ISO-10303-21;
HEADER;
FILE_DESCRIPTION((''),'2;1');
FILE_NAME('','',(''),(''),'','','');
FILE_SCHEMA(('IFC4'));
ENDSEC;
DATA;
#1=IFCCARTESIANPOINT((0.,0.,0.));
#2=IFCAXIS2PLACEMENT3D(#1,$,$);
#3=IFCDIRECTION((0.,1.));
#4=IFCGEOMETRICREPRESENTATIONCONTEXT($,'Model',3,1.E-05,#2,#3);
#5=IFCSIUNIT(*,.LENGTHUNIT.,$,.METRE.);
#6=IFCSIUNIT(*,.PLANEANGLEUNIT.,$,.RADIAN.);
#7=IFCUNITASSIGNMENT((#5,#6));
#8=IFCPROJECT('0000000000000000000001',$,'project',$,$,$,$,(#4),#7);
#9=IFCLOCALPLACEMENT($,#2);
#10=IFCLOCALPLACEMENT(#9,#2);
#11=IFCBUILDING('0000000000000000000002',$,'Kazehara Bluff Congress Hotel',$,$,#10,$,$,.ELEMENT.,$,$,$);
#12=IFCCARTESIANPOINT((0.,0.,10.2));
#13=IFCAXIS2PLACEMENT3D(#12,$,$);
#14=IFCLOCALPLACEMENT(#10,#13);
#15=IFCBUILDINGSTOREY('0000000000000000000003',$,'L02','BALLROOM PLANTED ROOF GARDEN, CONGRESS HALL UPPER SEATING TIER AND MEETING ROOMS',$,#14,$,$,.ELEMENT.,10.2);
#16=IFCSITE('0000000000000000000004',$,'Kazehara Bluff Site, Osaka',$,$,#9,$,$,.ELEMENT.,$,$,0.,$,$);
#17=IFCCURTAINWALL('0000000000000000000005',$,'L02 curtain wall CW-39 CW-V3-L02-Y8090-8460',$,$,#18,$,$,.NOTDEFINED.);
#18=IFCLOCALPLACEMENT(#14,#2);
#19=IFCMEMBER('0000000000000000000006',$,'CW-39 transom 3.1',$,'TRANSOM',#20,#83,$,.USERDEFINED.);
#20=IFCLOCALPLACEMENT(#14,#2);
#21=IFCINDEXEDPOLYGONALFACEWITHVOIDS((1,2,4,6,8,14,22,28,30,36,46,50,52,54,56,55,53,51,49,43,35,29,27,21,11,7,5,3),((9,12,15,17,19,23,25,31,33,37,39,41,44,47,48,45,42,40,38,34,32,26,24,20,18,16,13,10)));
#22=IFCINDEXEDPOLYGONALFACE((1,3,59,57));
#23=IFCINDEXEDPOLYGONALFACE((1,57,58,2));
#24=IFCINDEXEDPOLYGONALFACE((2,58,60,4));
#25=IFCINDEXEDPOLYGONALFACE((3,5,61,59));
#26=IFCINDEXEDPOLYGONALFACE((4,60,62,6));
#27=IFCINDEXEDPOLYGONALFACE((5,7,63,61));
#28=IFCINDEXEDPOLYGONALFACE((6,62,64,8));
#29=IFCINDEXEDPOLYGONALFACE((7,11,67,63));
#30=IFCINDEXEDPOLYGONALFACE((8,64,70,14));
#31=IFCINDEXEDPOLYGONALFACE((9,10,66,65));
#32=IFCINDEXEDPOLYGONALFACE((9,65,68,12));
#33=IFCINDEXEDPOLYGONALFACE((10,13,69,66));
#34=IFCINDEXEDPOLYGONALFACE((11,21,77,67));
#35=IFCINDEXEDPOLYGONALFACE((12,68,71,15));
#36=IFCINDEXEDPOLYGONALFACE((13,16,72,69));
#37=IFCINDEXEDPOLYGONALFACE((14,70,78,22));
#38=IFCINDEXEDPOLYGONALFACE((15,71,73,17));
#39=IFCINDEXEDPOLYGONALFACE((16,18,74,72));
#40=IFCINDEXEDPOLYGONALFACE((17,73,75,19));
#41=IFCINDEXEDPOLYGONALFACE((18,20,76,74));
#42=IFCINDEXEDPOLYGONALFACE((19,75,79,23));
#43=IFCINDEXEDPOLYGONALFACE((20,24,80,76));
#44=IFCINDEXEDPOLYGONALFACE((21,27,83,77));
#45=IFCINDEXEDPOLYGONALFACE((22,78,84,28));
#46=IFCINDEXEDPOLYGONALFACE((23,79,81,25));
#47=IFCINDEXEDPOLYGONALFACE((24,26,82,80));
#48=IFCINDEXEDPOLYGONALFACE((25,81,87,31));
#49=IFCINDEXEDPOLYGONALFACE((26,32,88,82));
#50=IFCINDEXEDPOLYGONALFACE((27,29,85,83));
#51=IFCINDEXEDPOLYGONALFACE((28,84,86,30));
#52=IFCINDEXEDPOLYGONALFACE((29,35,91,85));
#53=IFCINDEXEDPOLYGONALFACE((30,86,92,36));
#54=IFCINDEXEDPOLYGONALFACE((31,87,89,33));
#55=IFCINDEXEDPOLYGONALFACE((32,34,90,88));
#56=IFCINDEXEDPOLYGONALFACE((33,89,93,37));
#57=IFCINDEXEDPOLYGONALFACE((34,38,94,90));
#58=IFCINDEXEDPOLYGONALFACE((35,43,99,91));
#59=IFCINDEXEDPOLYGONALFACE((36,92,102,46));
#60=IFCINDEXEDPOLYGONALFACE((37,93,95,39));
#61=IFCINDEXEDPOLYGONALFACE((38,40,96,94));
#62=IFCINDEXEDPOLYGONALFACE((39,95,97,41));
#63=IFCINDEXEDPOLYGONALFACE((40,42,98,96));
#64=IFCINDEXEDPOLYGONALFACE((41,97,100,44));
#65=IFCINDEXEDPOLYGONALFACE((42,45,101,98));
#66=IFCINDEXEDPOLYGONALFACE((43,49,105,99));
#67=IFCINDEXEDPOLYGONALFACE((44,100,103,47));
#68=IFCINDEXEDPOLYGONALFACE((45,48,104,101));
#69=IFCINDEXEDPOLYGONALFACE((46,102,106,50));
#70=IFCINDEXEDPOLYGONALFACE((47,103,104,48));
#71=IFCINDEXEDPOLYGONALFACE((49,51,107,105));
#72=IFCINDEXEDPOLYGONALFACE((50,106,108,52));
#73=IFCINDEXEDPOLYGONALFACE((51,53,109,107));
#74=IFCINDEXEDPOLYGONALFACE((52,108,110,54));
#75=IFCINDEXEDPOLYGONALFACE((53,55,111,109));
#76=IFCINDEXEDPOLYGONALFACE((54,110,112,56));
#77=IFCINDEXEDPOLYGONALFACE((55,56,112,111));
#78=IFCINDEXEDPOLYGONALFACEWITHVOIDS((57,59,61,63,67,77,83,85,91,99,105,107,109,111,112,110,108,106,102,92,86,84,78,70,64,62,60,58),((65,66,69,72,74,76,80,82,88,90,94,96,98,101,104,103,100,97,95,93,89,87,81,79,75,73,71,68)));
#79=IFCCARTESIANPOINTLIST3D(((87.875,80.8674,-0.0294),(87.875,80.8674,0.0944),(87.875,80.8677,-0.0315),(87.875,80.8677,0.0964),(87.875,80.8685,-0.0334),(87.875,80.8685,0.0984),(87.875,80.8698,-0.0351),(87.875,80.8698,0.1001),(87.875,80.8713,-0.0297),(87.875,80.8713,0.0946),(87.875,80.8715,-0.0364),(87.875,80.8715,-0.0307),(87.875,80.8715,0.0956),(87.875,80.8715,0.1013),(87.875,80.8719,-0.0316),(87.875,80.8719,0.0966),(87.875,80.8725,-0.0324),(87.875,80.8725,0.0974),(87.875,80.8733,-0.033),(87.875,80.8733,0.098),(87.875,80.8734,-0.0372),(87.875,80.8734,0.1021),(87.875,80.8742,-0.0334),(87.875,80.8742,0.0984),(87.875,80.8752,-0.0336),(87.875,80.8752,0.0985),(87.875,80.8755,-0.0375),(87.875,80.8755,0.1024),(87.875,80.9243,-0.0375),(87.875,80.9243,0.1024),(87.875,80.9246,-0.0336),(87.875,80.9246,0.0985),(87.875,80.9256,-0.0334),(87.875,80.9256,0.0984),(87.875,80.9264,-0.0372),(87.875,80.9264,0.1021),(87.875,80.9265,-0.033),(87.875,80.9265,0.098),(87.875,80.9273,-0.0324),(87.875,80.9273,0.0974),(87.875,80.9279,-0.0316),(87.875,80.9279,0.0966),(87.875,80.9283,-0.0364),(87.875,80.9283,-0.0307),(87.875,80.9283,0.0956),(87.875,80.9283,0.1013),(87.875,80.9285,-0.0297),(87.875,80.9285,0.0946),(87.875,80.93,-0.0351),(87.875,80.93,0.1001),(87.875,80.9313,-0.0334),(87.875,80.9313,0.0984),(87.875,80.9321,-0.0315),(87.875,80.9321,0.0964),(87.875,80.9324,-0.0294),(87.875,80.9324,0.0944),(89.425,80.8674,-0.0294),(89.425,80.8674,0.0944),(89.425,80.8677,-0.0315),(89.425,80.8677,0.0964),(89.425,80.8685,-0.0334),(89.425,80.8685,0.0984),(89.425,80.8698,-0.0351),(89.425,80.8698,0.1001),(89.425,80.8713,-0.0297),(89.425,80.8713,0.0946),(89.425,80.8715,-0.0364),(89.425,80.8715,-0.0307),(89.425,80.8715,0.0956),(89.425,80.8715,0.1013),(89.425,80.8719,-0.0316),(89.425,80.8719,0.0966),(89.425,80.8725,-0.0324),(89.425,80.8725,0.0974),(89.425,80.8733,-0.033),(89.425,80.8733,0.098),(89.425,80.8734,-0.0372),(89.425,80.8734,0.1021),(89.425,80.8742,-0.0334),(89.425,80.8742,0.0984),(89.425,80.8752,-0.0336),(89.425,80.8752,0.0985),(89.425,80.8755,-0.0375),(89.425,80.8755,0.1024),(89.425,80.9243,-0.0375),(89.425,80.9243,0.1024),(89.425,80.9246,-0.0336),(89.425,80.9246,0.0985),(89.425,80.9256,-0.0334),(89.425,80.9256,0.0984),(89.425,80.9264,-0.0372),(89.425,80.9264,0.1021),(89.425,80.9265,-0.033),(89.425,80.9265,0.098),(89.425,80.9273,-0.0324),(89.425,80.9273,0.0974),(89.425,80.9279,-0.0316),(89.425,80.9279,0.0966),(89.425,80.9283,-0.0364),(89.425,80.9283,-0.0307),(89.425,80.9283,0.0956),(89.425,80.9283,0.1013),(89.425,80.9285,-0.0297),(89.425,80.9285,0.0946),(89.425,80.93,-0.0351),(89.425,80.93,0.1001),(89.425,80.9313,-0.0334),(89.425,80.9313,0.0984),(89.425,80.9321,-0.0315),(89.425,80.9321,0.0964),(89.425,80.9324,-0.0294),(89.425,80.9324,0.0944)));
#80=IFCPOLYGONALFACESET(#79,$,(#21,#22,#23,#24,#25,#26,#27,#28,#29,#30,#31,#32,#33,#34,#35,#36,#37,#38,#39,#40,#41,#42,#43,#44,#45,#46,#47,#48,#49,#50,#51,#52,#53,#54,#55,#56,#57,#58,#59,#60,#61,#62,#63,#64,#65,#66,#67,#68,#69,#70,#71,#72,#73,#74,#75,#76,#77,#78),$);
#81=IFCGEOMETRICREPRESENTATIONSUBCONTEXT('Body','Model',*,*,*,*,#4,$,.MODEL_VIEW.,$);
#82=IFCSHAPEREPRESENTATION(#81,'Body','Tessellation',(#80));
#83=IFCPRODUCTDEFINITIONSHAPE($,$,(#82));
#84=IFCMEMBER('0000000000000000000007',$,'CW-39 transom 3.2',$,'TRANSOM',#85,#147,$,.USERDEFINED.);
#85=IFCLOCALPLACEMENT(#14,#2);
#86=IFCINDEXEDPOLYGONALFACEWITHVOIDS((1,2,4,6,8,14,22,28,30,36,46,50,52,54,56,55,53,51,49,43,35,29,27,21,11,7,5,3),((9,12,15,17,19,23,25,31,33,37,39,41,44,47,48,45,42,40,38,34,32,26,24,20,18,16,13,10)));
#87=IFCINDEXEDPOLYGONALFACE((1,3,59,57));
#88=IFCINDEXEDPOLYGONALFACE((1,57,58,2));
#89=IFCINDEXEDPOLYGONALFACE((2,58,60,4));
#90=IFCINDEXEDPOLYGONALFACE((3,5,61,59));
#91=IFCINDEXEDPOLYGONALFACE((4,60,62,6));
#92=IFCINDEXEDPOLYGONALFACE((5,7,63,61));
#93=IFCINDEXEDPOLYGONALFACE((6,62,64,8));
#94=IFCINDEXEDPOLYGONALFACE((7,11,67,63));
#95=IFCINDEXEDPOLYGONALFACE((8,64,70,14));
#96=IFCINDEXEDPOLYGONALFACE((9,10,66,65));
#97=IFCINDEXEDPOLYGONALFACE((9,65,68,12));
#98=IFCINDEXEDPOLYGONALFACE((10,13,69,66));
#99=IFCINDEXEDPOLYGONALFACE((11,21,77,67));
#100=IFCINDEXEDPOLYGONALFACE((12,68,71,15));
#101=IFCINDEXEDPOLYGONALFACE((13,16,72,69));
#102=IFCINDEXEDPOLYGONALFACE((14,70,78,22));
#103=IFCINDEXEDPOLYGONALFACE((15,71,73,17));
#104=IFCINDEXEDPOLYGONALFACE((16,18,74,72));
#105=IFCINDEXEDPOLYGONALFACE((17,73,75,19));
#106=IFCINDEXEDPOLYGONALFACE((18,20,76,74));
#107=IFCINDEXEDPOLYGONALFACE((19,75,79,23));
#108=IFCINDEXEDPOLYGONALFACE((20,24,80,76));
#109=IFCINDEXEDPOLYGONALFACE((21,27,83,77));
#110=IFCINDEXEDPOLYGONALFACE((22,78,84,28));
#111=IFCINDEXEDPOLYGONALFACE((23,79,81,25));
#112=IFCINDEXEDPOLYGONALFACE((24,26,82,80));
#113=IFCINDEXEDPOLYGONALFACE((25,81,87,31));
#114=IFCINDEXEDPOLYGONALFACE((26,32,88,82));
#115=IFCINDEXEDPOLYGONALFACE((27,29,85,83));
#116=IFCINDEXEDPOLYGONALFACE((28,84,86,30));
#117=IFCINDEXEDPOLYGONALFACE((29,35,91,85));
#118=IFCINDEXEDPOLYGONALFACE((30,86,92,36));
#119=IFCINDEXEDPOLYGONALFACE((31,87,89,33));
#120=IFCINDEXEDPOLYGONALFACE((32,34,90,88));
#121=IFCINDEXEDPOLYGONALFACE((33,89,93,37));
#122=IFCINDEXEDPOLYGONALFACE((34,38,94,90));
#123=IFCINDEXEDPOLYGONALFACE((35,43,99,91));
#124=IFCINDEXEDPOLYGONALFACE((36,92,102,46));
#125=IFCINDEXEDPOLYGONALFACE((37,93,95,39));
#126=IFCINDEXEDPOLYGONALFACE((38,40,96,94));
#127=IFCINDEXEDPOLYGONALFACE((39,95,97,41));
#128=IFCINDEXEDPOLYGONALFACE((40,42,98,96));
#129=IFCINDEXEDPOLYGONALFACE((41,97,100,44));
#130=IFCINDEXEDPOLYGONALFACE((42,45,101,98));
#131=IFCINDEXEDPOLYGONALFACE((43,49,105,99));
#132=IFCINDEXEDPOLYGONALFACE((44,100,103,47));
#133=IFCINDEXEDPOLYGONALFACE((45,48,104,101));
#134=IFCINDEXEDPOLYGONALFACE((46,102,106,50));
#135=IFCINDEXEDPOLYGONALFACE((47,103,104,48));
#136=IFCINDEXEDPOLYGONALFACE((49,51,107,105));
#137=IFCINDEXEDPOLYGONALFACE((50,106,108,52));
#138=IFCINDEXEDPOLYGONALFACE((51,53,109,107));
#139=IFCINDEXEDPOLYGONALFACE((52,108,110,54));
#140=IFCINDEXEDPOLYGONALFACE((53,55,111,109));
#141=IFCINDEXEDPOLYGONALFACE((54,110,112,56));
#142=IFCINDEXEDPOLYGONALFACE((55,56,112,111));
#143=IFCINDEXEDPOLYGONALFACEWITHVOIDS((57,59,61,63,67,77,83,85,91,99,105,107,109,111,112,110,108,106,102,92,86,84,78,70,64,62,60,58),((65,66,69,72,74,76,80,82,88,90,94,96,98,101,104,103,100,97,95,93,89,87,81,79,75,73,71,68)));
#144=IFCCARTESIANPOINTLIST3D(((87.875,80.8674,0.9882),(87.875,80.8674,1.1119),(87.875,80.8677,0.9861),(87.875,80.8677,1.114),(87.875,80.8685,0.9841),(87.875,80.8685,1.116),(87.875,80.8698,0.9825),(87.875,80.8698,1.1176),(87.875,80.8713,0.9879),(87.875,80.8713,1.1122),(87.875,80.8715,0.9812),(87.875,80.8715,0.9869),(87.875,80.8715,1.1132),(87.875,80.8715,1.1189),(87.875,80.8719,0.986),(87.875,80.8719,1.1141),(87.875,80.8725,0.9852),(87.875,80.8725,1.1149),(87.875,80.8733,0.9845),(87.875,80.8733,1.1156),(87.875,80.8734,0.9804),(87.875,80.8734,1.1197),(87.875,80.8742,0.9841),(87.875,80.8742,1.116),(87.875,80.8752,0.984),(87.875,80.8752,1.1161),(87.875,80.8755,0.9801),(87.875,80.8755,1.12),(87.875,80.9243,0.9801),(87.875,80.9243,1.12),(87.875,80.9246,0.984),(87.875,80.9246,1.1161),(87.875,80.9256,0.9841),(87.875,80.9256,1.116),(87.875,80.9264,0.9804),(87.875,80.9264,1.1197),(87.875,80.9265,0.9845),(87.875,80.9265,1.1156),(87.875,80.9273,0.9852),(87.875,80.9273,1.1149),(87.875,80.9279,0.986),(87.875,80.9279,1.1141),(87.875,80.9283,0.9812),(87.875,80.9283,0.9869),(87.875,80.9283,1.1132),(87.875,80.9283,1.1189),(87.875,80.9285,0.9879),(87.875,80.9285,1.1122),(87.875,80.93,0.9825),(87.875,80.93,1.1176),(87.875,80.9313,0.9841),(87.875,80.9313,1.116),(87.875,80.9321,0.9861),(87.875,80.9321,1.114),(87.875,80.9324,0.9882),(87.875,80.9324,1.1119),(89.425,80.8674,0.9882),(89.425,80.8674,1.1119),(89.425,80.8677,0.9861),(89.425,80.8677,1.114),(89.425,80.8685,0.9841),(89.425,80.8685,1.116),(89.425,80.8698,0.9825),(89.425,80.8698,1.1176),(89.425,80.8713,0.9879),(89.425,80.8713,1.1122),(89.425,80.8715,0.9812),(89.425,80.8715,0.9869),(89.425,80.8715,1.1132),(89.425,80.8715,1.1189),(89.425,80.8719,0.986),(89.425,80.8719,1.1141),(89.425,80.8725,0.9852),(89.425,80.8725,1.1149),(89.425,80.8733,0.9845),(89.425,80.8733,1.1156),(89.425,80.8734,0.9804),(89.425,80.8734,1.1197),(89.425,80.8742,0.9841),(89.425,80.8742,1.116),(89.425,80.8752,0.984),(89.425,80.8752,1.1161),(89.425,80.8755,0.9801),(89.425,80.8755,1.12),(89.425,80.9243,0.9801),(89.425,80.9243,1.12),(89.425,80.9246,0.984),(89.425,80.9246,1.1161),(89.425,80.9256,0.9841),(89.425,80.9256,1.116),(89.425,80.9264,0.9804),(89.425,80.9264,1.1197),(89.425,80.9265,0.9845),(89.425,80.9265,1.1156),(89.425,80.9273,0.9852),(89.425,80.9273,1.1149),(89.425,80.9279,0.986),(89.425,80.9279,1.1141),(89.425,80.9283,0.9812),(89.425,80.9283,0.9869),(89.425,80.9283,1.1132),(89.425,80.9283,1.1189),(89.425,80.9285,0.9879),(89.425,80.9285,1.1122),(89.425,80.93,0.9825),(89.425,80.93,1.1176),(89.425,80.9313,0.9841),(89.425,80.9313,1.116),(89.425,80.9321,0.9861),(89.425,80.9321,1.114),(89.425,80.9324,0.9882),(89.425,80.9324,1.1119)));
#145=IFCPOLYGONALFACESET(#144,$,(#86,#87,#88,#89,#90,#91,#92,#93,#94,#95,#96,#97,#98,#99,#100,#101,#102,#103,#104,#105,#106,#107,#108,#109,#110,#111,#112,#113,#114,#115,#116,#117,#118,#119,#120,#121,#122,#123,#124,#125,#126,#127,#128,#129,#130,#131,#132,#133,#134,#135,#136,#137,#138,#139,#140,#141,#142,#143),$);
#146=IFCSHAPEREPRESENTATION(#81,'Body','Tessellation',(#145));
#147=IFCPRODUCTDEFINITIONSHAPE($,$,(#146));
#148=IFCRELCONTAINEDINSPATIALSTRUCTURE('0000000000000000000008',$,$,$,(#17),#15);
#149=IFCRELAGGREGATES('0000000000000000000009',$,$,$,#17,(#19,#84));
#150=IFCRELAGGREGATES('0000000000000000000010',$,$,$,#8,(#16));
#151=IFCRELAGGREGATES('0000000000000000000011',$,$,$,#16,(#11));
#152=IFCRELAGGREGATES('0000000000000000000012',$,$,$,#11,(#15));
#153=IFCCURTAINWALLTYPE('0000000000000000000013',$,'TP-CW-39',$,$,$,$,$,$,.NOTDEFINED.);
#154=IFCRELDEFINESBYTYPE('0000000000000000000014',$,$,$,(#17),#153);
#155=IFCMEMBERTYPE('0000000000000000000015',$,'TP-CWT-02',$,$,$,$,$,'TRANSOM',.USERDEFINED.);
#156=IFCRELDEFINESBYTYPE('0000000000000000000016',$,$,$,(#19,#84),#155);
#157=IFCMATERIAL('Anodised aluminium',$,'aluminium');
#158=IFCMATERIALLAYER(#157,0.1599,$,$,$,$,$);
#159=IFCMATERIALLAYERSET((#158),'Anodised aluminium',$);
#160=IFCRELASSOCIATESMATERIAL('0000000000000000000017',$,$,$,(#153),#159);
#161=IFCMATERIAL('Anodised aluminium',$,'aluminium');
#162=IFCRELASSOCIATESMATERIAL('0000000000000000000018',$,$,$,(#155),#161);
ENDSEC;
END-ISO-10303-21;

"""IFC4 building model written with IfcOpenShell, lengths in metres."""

from ifc_helpers import new_model, si_unit, direction, frame, origin, origin_2d, place, context, subcontext, project, spatial, hollow_rectangle, extrude, material, layer, layer_set, material_profile, profile_set, type_object, element, aggregate, save


model = new_model("IFC4")

# Units and contexts
model_context = context("Model", 3, precision=1e-05, world=origin(), true_north=direction((0.0, 1.0)))
body_context = subcontext(model_context, "Body", "Model", "MODEL_VIEW")
ifc_project = project(units=[si_unit("LENGTHUNIT", "METRE"), si_unit("PLANEANGLEUNIT", "RADIAN")], contexts=[model_context])

# Site, building, storey
site_placement = place(None, origin())
site = spatial("IfcSite", under=ifc_project, at=site_placement, Name="Kazehara Bluff Site, Osaka", CompositionType="ELEMENT", RefElevation=0.0)
building_placement = place(site_placement, origin())
building = spatial("IfcBuilding", under=site, at=building_placement, Name="Kazehara Bluff Congress Hotel", CompositionType="ELEMENT")
storey_placement = place(building_placement, frame((0.0, 0.0, 10.2)))
storey = spatial("IfcBuildingStorey", under=building, at=storey_placement, Name="L02", Description="BALLROOM PLANTED ROOF GARDEN, CONGRESS HALL UPPER SEATING TIER AND MEETING ROOMS", CompositionType="ELEMENT", Elevation=10.2)

# Curtain wall, members
ifc_material_1 = material(Name="Anodised aluminium", Category="aluminium")
ifc_layer_1 = layer(ifc_material_1, 0.1599)
ifc_layer_set_1 = layer_set([ifc_layer_1], Name="Anodised aluminium")
curtain_wall_type = type_object("IfcCurtainWallType", Name="TP-CW-39", PredefinedType="NOTDEFINED", material=ifc_layer_set_1)
curtain_wall_placement = place(storey_placement, origin())
curtain_wall = element("IfcCurtainWall", 1, at=curtain_wall_placement, inside=storey, type_object=curtain_wall_type, Name="L02 curtain wall CW-39 CW-V3-L02-Y8090-8460", PredefinedType="NOTDEFINED")
ifc_material_2 = material(Name="Anodised aluminium", Category="aluminium")
ifc_material_profile_1 = material_profile(ifc_material_2, hollow_rectangle(XDim=0.0649, YDim=0.1399, WallThickness=0.0039, InnerFilletRadius=0.0039, OuterFilletRadius=0.0081, at=origin_2d()))
ifc_profile_set_1 = profile_set([ifc_material_profile_1], Name="Anodised aluminium")
member_type_1 = type_object("IfcMemberType", Name="TP-CWT-02", ElementType="TRANSOM", PredefinedType="USERDEFINED", material=ifc_profile_set_1)
member_1_placement = place(storey_placement, frame((87.875, 80.8999, 0.0325), z_axis=(1.0, 0.0, 0.0), x_axis=(0.0, 1.0, 0.0)))
member_1 = element("IfcMember", 2, at=member_1_placement, type_object=member_type_1, Name="CW-39 transom 3.1", ObjectType="TRANSOM", PredefinedType="USERDEFINED", context=body_context, shape_type="SweptSolid", body=[
    extrude(hollow_rectangle(XDim=0.0649, YDim=0.1399, WallThickness=0.0039, InnerFilletRadius=0.0039, OuterFilletRadius=0.0081, at=origin_2d()), origin(), (0.0, 0.0, 1.0), 1.55),
])
member_2_placement = place(storey_placement, frame((87.875, 80.8999, 1.05), z_axis=(1.0, 0.0, 0.0), x_axis=(0.0, 1.0, 0.0)))
member_2 = element("IfcMember", 3, at=member_2_placement, type_object=member_type_1, Name="CW-39 transom 3.2", ObjectType="TRANSOM", PredefinedType="USERDEFINED", context=body_context, shape_type="SweptSolid", body=[
    extrude(hollow_rectangle(XDim=0.0649, YDim=0.1399, WallThickness=0.0039, InnerFilletRadius=0.0039, OuterFilletRadius=0.0081, at=origin_2d()), origin(), (0.0, 0.0, 1.0), 1.55),
])
aggregate(curtain_wall, [member_1, member_2])

save(model, "model.ifc")
